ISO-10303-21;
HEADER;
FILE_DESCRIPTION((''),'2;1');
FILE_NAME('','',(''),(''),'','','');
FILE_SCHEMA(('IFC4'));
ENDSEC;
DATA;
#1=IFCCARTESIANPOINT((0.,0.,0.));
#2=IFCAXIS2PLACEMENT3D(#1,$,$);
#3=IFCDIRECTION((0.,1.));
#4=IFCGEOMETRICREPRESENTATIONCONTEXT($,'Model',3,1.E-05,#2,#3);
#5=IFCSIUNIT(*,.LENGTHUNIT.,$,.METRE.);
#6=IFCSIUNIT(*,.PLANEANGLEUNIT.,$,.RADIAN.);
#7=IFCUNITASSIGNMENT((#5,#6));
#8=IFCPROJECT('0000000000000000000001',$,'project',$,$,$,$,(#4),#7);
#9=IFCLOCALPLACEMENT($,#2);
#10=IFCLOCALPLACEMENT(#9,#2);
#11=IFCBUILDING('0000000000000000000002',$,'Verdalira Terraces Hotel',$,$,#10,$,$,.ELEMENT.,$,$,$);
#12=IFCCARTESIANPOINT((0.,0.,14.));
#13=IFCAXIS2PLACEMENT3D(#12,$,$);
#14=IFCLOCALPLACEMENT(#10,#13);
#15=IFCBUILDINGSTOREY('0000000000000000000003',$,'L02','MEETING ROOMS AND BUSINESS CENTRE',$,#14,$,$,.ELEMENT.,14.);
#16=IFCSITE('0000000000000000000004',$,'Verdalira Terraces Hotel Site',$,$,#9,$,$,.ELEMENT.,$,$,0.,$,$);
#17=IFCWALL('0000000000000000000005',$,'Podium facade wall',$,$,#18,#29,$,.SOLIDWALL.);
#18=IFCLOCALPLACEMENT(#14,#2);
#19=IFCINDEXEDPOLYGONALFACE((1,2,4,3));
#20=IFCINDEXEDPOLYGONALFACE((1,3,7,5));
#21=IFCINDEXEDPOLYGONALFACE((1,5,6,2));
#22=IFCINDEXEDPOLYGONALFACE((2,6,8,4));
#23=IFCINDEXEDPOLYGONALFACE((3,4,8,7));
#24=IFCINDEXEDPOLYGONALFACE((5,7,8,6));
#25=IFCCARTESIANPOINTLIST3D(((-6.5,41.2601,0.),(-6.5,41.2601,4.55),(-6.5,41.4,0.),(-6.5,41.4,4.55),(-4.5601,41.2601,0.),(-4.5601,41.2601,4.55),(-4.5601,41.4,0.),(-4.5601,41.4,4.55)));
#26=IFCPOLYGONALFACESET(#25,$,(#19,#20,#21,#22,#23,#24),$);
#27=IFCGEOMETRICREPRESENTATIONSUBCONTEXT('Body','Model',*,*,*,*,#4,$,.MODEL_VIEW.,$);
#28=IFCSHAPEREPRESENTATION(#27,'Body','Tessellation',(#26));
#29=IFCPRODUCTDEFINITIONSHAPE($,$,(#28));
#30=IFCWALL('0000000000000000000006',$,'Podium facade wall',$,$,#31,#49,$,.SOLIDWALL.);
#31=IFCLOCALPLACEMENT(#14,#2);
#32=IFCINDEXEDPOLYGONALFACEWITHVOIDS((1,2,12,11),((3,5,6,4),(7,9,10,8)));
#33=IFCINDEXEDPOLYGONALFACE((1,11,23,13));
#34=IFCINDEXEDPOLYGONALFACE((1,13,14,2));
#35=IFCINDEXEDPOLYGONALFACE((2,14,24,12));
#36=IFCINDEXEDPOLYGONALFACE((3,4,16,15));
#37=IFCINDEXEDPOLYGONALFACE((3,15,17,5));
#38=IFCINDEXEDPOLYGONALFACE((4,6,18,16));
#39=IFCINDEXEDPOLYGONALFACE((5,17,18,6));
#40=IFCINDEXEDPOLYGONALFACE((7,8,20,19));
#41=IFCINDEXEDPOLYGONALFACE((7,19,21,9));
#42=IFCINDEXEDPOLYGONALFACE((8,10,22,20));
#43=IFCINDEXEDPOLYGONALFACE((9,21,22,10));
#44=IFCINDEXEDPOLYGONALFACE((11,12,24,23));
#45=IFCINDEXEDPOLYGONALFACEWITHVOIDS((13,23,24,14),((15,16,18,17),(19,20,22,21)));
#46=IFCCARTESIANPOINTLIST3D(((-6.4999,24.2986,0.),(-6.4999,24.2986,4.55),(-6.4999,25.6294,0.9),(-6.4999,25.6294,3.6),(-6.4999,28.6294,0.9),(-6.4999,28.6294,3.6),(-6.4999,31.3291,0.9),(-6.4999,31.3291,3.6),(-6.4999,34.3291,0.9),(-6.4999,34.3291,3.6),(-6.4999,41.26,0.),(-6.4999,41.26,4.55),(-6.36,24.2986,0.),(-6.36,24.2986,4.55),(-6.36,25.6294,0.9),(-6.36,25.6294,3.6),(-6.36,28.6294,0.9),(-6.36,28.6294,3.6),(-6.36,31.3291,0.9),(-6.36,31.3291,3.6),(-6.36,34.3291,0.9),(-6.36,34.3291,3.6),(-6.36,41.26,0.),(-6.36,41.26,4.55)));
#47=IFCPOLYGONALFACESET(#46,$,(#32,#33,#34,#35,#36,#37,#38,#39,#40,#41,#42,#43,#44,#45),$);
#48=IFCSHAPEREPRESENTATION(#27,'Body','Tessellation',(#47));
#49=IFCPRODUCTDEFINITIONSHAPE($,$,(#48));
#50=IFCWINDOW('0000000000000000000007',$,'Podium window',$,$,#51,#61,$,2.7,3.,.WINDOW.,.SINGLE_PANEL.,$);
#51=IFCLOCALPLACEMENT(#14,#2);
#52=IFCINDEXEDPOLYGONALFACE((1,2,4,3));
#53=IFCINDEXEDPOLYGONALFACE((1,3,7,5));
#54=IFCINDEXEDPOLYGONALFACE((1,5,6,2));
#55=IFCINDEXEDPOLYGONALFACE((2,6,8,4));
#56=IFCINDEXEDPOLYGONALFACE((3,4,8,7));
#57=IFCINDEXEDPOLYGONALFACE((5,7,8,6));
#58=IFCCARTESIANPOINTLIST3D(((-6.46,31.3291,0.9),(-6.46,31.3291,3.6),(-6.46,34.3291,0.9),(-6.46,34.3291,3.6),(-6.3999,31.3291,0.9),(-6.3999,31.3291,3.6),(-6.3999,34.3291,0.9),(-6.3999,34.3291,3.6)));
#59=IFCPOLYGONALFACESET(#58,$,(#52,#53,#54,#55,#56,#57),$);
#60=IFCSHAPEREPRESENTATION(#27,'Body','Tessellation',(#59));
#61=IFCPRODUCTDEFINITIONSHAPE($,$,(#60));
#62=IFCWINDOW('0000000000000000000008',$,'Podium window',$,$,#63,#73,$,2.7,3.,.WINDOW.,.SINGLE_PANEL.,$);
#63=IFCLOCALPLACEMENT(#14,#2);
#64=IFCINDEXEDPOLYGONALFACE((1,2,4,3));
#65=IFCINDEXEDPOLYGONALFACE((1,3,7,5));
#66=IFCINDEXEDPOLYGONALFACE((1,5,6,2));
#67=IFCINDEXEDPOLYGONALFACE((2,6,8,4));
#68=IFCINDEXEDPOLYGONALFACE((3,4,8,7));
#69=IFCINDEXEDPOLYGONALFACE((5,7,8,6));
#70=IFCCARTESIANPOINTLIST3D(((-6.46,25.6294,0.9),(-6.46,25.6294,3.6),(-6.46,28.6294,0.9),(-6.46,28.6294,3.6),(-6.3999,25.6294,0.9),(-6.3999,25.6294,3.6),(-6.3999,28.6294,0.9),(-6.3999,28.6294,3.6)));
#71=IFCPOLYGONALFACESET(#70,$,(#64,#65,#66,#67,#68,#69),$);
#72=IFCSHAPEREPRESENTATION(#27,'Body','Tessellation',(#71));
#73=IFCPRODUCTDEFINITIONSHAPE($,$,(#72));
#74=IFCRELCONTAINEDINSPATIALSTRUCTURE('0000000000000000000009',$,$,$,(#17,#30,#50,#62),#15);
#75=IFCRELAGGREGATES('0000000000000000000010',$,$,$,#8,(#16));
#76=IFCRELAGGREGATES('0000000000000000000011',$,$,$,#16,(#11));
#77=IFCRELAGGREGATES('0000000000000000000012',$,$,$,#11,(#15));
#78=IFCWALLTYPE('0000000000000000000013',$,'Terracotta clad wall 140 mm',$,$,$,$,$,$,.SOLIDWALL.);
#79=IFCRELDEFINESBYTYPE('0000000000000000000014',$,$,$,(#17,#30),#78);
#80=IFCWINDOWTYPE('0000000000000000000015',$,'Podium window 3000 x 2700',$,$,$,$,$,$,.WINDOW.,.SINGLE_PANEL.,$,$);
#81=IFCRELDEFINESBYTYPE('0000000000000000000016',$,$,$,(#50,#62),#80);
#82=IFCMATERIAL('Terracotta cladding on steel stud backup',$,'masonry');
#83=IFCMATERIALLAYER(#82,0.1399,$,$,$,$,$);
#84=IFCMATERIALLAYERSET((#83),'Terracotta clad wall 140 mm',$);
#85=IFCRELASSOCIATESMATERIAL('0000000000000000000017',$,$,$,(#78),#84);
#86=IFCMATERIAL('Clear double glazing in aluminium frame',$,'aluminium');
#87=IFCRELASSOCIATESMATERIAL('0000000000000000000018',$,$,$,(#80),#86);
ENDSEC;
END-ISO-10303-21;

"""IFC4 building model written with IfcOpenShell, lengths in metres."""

from ifc_helpers import new_model, si_unit, direction, frame, frame_2d, origin, place, context, subcontext, project, spatial, rectangle, extrude, material, layer, layer_set, type_object, element, fill, save


model = new_model("IFC4")

# Units and contexts
model_context = context("Model", 3, precision=1e-05, world=origin(), true_north=direction((0.0, 1.0)))
body_context = subcontext(model_context, "Body", "Model", "MODEL_VIEW")
ifc_project = project(units=[si_unit("LENGTHUNIT", "METRE"), si_unit("PLANEANGLEUNIT", "RADIAN")], contexts=[model_context])

# Site, building, storey
site_placement = place(None, origin())
site = spatial("IfcSite", under=ifc_project, at=site_placement, Name="Verdalira Terraces Hotel Site", CompositionType="ELEMENT", RefElevation=0.0)
building_placement = place(site_placement, origin())
building = spatial("IfcBuilding", under=site, at=building_placement, Name="Verdalira Terraces Hotel", CompositionType="ELEMENT")
storey_placement = place(building_placement, frame((0.0, 0.0, 14.0)))
storey = spatial("IfcBuildingStorey", under=building, at=storey_placement, Name="L02", Description="MEETING ROOMS AND BUSINESS CENTRE", CompositionType="ELEMENT", Elevation=14.0)

# Wall
ifc_material_1 = material(Name="Terracotta cladding on steel stud backup", Category="masonry")
ifc_layer_1 = layer(ifc_material_1, 0.1399)
ifc_layer_set_1 = layer_set([ifc_layer_1], Name="Terracotta clad wall 140 mm")
wall_type_1 = type_object("IfcWallType", Name="Terracotta clad wall 140 mm", PredefinedType="SOLIDWALL", material=ifc_layer_set_1)
wall_1_placement = place(storey_placement, frame((-4.5601, 41.3301, 0.0), z_axis=(0.0, 0.0, 1.0), x_axis=(-1.0, 0.0, 0.0)))
element("IfcWall", 1, at=wall_1_placement, inside=storey, type_object=wall_type_1, Name="Podium facade wall", PredefinedType="SOLIDWALL", context=body_context, shape_type="SweptSolid", body=[
    extrude(rectangle(XDim=1.9399, YDim=0.1399, at=frame_2d((0.97, 0.0))), origin(), (0.0, 0.0, 1.0), 4.55),
])

# Wall, openings, windows
wall_2_placement = place(storey_placement, frame((-6.4299, 41.26, 0.0), z_axis=(0.0, 0.0, 1.0), x_axis=(0.0, -1.0, 0.0)))
wall_2 = element("IfcWall", 2, at=wall_2_placement, inside=storey, type_object=wall_type_1, Name="Podium facade wall", PredefinedType="SOLIDWALL", context=body_context, shape_type="SweptSolid", body=[
    extrude(rectangle(XDim=16.9614, YDim=0.1399, at=frame_2d((8.4807, 0.0))), origin(), (0.0, 0.0, 1.0), 4.55),
])
opening_1_placement = place(wall_2_placement, frame((6.9309, 0.0, 0.8999)))
opening_1 = element("IfcOpeningElement", 3, at=opening_1_placement, cuts=wall_2, PredefinedType="OPENING", context=body_context, shape_type="SweptSolid", body=[
    extrude(rectangle(XDim=3.0, YDim=2.7, at=frame_2d((1.5, 1.3501))), frame((0.0, 0.0798, 0.0), z_axis=(0.0, -1.0, 0.0), x_axis=(1.0, 0.0, 0.0)), (0.0, 0.0, 1.0), 0.1599),
])
opening_2_placement = place(wall_2_placement, frame((12.6306, 0.0, 0.8999)))
opening_2 = element("IfcOpeningElement", 4, at=opening_2_placement, cuts=wall_2, PredefinedType="OPENING", context=body_context, shape_type="SweptSolid", body=[
    extrude(rectangle(XDim=3.0, YDim=2.7, at=frame_2d((1.5, 1.3501))), frame((0.0, 0.0798, 0.0), z_axis=(0.0, -1.0, 0.0), x_axis=(1.0, 0.0, 0.0)), (0.0, 0.0, 1.0), 0.1599),
])
ifc_material_2 = material(Name="Clear double glazing in aluminium frame", Category="aluminium")
window_type = type_object("IfcWindowType", Name="Podium window 3000 x 2700", PartitioningType="SINGLE_PANEL", PredefinedType="WINDOW", material=ifc_material_2)
window_1_placement = place(opening_1_placement, origin())
window_1 = element("IfcWindow", 5, at=window_1_placement, inside=storey, type_object=window_type, Name="Podium window", OverallHeight=2.7, OverallWidth=3.0, PartitioningType="SINGLE_PANEL", PredefinedType="WINDOW", context=body_context, shape_type="SweptSolid", body=[
    extrude(rectangle(XDim=3.0, YDim=2.7, at=frame_2d((1.5, 1.3501))), frame((0.0, 0.03, 0.0), z_axis=(0.0, -1.0, 0.0), x_axis=(1.0, 0.0, 0.0)), (0.0, 0.0, 1.0), 0.0601),
])
fill(opening_1, window_1)
window_2_placement = place(opening_2_placement, origin())
window_2 = element("IfcWindow", 6, at=window_2_placement, inside=storey, type_object=window_type, Name="Podium window", OverallHeight=2.7, OverallWidth=3.0, PartitioningType="SINGLE_PANEL", PredefinedType="WINDOW", context=body_context, shape_type="SweptSolid", body=[
    extrude(rectangle(XDim=3.0, YDim=2.7, at=frame_2d((1.5, 1.3501))), frame((0.0, 0.03, 0.0), z_axis=(0.0, -1.0, 0.0), x_axis=(1.0, 0.0, 0.0)), (0.0, 0.0, 1.0), 0.0601),
])
fill(opening_2, window_2)

save(model, "model.ifc")
